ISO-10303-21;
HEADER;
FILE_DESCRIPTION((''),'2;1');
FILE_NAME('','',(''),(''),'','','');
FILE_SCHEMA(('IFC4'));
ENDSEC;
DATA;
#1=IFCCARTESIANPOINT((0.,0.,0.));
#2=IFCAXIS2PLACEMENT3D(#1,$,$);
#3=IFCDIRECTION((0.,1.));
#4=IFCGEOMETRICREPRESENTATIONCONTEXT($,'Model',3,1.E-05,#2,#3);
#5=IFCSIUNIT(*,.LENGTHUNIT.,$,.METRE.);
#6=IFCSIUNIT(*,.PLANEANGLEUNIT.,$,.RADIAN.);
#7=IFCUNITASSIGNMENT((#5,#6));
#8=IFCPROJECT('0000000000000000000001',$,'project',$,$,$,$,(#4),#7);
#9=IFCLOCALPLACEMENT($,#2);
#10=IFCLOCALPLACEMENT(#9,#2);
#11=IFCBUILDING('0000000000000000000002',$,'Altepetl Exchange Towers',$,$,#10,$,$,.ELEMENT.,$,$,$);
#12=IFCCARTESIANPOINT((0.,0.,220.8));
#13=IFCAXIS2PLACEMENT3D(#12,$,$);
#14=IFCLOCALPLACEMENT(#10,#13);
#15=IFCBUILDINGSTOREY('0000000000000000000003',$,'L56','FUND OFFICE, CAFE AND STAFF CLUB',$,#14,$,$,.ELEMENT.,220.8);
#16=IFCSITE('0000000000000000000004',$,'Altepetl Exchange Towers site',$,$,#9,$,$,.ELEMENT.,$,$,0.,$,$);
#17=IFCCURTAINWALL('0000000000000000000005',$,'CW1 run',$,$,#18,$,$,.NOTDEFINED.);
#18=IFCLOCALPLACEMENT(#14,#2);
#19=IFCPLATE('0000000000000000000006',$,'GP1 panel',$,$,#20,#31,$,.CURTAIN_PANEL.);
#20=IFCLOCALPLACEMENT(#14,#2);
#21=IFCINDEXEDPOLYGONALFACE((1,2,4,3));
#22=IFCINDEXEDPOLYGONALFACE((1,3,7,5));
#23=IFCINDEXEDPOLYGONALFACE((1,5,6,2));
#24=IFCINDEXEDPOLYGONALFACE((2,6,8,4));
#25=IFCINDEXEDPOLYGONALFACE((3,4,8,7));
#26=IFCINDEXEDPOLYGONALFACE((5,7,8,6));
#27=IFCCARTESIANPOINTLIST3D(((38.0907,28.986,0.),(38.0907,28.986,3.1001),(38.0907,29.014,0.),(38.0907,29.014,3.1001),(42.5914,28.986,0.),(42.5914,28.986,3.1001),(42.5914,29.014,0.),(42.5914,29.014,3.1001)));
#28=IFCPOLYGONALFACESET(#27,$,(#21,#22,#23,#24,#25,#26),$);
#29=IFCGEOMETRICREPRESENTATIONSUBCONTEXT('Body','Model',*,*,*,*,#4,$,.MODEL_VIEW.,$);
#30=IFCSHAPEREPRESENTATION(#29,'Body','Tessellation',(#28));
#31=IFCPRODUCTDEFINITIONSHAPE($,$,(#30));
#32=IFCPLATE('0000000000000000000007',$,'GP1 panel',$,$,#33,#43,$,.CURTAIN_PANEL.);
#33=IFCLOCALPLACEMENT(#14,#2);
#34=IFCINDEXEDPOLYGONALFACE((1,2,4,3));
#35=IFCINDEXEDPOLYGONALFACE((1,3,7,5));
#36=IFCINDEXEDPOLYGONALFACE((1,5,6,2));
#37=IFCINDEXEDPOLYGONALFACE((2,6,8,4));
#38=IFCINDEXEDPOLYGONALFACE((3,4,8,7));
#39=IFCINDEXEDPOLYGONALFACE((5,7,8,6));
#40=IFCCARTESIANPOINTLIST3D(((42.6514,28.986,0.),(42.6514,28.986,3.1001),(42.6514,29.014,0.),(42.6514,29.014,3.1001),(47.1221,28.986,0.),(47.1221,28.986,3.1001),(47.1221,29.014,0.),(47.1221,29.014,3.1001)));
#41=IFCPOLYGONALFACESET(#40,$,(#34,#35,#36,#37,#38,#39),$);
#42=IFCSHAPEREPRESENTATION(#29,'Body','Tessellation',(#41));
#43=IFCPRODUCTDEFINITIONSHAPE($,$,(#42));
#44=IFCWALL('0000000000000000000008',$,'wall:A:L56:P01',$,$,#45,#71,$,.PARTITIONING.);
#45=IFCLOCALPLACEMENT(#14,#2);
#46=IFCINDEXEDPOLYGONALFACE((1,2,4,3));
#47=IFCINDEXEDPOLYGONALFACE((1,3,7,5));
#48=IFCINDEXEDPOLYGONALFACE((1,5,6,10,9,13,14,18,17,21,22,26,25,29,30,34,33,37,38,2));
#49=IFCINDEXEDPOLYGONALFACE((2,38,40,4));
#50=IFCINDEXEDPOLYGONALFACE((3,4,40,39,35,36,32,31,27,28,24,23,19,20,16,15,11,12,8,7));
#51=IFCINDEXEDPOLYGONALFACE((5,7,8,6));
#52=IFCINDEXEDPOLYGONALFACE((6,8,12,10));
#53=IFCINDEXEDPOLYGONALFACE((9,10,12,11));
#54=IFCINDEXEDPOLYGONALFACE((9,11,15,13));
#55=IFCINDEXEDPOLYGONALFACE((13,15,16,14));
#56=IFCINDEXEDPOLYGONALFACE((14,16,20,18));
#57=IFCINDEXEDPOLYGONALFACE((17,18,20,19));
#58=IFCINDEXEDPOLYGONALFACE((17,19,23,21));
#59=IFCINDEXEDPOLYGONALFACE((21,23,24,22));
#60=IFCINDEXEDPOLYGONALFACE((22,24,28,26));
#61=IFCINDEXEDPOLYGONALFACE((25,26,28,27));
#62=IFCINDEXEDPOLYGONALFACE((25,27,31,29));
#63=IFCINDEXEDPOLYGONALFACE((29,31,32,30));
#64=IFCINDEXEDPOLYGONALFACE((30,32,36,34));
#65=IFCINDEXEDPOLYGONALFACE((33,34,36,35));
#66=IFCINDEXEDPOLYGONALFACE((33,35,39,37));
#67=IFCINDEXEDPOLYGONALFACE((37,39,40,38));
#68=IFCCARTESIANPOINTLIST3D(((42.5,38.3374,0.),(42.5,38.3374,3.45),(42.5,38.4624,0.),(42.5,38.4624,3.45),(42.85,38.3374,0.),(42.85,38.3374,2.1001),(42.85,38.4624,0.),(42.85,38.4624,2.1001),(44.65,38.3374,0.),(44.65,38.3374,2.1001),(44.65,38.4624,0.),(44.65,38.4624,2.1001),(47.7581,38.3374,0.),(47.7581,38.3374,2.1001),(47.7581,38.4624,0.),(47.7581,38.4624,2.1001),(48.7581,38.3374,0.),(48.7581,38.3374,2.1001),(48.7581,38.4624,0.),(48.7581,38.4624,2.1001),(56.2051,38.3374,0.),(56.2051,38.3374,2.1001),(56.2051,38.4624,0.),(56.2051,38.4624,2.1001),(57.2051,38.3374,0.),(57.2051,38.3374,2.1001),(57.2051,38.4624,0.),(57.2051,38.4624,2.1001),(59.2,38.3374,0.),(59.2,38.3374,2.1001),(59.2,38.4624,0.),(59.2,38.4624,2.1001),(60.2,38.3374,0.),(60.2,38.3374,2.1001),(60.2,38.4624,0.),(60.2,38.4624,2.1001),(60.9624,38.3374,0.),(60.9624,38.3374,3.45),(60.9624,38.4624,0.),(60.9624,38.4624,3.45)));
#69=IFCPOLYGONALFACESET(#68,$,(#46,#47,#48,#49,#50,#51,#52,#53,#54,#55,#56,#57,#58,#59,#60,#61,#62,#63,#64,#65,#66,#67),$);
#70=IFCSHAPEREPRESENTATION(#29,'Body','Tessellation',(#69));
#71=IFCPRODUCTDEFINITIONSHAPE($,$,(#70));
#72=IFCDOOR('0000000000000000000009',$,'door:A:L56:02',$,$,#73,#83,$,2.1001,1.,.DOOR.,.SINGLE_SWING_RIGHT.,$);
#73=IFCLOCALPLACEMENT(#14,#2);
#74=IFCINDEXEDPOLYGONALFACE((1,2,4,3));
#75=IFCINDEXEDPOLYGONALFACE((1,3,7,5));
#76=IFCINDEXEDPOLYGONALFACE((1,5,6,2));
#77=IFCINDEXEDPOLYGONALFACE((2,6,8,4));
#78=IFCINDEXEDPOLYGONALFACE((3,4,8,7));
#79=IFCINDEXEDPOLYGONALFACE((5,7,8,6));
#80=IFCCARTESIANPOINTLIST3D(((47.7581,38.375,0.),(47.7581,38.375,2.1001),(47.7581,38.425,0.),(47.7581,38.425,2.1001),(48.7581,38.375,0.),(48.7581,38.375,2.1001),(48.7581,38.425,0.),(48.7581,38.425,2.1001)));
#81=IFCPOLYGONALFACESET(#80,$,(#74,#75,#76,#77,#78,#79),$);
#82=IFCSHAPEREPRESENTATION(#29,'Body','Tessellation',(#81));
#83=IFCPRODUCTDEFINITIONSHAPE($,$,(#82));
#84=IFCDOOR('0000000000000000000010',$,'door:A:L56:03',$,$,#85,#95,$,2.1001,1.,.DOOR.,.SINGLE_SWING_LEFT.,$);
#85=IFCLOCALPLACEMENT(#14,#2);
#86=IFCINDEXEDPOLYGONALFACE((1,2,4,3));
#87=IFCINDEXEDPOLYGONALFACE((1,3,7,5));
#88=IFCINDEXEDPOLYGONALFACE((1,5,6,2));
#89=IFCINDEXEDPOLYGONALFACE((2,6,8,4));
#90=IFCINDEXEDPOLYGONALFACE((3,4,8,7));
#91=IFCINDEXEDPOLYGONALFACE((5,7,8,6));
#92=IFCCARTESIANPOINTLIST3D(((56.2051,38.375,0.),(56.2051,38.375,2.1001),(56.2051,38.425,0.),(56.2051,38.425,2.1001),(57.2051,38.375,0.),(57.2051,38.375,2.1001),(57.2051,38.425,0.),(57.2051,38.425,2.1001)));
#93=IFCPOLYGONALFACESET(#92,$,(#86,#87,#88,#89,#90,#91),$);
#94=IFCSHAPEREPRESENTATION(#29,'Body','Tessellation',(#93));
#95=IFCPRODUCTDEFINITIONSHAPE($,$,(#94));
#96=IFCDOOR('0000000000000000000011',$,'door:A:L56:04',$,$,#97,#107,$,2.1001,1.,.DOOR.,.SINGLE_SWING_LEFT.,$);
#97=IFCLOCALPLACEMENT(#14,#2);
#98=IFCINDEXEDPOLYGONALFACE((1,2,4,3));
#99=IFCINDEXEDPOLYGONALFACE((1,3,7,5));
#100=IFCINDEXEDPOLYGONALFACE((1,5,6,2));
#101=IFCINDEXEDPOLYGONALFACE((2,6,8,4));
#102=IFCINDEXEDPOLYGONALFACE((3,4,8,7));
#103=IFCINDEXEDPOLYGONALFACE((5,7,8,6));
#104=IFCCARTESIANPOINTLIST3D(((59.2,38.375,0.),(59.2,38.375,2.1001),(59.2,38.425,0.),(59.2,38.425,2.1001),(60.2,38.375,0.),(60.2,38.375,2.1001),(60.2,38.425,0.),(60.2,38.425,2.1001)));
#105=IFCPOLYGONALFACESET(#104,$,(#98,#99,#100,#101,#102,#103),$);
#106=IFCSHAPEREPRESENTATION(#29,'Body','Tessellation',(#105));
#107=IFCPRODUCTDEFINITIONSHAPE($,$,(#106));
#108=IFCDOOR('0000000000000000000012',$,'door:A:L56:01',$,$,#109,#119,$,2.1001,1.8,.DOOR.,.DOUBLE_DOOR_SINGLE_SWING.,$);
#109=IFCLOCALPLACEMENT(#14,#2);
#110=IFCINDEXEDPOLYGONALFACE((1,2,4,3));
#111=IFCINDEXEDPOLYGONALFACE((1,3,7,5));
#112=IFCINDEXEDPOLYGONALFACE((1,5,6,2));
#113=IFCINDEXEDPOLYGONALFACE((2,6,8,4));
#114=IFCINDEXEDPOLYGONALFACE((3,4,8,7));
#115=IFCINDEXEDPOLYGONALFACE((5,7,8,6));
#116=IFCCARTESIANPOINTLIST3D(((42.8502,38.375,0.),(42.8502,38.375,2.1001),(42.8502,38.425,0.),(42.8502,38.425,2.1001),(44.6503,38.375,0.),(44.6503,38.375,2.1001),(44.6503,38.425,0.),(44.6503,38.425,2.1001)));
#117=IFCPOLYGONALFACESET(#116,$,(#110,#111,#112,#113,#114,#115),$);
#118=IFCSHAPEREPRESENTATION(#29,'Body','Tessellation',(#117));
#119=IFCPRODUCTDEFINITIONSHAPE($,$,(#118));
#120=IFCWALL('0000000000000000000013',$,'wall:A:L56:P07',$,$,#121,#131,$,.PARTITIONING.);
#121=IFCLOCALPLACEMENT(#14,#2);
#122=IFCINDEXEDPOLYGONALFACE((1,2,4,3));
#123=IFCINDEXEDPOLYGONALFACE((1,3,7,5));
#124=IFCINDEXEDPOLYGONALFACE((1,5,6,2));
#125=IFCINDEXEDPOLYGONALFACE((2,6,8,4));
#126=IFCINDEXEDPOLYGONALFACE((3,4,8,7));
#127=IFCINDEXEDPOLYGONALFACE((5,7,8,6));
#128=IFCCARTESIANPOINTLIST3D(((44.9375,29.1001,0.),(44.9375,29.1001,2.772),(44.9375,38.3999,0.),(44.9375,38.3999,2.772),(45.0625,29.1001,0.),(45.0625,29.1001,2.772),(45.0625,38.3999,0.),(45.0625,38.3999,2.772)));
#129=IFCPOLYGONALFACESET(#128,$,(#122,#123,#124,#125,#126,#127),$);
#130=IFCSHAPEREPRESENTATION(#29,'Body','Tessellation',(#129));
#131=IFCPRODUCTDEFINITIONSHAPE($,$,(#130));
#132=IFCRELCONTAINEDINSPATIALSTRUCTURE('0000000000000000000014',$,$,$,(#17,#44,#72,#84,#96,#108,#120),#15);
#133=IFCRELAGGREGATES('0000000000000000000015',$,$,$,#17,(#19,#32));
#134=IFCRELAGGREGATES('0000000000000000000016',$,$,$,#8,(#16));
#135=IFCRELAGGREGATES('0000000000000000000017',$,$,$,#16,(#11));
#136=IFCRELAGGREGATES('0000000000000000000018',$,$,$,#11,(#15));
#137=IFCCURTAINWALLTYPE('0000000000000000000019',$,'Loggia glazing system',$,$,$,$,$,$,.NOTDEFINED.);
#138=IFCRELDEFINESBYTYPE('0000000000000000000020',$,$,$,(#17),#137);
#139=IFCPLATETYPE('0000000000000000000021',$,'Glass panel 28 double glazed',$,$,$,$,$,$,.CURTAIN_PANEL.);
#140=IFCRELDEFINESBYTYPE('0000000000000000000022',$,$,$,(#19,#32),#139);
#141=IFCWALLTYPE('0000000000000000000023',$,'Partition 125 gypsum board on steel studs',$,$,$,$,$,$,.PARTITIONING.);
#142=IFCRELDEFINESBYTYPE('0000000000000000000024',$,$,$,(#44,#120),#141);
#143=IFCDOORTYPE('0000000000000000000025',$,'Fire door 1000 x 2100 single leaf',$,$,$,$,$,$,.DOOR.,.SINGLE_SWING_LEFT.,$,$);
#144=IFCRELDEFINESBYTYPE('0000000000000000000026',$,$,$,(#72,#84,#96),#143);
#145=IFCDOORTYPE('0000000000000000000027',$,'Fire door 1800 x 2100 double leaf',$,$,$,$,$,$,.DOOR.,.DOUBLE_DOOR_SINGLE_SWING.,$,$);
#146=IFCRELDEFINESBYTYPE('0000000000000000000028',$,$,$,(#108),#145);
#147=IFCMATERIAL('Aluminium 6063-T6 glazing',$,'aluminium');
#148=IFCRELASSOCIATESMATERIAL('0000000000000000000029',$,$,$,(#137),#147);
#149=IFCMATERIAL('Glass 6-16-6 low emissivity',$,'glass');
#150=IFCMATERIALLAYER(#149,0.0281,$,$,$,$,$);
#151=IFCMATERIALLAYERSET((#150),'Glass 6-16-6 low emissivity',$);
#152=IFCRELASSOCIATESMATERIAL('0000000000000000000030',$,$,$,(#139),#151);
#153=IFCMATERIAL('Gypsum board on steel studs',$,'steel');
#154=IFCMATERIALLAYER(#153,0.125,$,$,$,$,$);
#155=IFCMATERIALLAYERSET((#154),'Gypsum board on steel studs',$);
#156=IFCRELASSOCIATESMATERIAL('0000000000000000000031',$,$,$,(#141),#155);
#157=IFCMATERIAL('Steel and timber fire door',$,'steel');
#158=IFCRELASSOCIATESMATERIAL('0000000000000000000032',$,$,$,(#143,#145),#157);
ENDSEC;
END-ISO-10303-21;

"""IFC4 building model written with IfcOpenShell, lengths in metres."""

from ifc_helpers import new_model, si_unit, direction, frame, frame_2d, origin, origin_2d, place, context, subcontext, project, spatial, rectangle, extrude, material, layer, layer_set, type_object, element, fill, aggregate, save


model = new_model("IFC4")

# Units and contexts
model_context = context("Model", 3, precision=1e-05, world=origin(), true_north=direction((0.0, 1.0)))
body_context = subcontext(model_context, "Body", "Model", "MODEL_VIEW")
ifc_project = project(units=[si_unit("LENGTHUNIT", "METRE"), si_unit("PLANEANGLEUNIT", "RADIAN")], contexts=[model_context])

# Site, building, storey
site_placement = place(None, origin())
site = spatial("IfcSite", under=ifc_project, at=site_placement, Name="Altepetl Exchange Towers site", CompositionType="ELEMENT", RefElevation=0.0)
building_placement = place(site_placement, origin())
building = spatial("IfcBuilding", under=site, at=building_placement, Name="Altepetl Exchange Towers", CompositionType="ELEMENT")
storey_placement = place(building_placement, frame((0.0, 0.0, 220.8)))
storey = spatial("IfcBuildingStorey", under=building, at=storey_placement, Name="L56", Description="FUND OFFICE, CAFE AND STAFF CLUB", CompositionType="ELEMENT", Elevation=220.8)

# Curtain wall
ifc_material_1 = material(Name="Aluminium 6063-T6 glazing", Category="aluminium")
curtain_wall_type = type_object("IfcCurtainWallType", Name="Loggia glazing system", PredefinedType="NOTDEFINED", material=ifc_material_1)
curtain_wall_1_placement = place(storey_placement, origin())
curtain_wall_1 = element("IfcCurtainWall", 1, at=curtain_wall_1_placement, inside=storey, type_object=curtain_wall_type, Name="CW1 run", PredefinedType="NOTDEFINED")

# Plates
ifc_material_2 = material(Name="Glass 6-16-6 low emissivity", Category="glass")
ifc_layer_1 = layer(ifc_material_2, 0.0281)
ifc_layer_set_1 = layer_set([ifc_layer_1], Name="Glass 6-16-6 low emissivity")
plate_type = type_object("IfcPlateType", Name="Glass panel 28 double glazed", PredefinedType="CURTAIN_PANEL", material=ifc_layer_set_1)
plate_1_placement = place(storey_placement, frame((40.3411, 29.0, 0.0)))
plate_1 = element("IfcPlate", 2, at=plate_1_placement, type_object=plate_type, Name="GP1 panel", PredefinedType="CURTAIN_PANEL", context=body_context, shape_type="SweptSolid", body=[
    extrude(rectangle(XDim=4.5007, YDim=0.0281, at=origin_2d()), origin(), (0.0, 0.0, 1.0), 3.1001),
])
plate_2_placement = place(storey_placement, frame((44.8867, 29.0, 0.0)))
plate_2 = element("IfcPlate", 3, at=plate_2_placement, type_object=plate_type, Name="GP1 panel", PredefinedType="CURTAIN_PANEL", context=body_context, shape_type="SweptSolid", body=[
    extrude(rectangle(XDim=4.4707, YDim=0.0281, at=origin_2d()), origin(), (0.0, 0.0, 1.0), 3.1001),
])
aggregate(curtain_wall_1, [plate_1, plate_2])

# Wall, openings, doors
ifc_material_3 = material(Name="Gypsum board on steel studs", Category="steel")
ifc_layer_2 = layer(ifc_material_3, 0.125)
ifc_layer_set_2 = layer_set([ifc_layer_2], Name="Gypsum board on steel studs")
wall_type_1 = type_object("IfcWallType", Name="Partition 125 gypsum board on steel studs", PredefinedType="PARTITIONING", material=ifc_layer_set_2)
wall_1_placement = place(storey_placement, frame((42.5, 38.3999, 0.0)))
wall_1 = element("IfcWall", 4, at=wall_1_placement, inside=storey, type_object=wall_type_1, Name="wall:A:L56:P01", PredefinedType="PARTITIONING", context=body_context, shape_type="SweptSolid", body=[
    extrude(rectangle(XDim=18.4624, YDim=0.125, at=frame_2d((9.2312, 0.0))), origin(), (0.0, 0.0, 1.0), 3.45),
])
opening_1_placement = place(wall_1_placement, frame((0.3501, 0.0, 0.0)))
opening_1 = element("IfcOpeningElement", 5, at=opening_1_placement, cuts=wall_1, PredefinedType="OPENING", context=body_context, shape_type="SweptSolid", body=[
    extrude(rectangle(XDim=1.8, YDim=2.1001, at=frame_2d((0.8999, 1.05))), frame((0.0, 0.0725, 0.0), z_axis=(0.0, -1.0, 0.0), x_axis=(1.0, 0.0, 0.0)), (0.0, 0.0, 1.0), 0.145),
])
opening_2_placement = place(wall_1_placement, frame((5.2581, 0.0, 0.0)))
opening_2 = element("IfcOpeningElement", 6, at=opening_2_placement, cuts=wall_1, PredefinedType="OPENING", context=body_context, shape_type="SweptSolid", body=[
    extrude(rectangle(XDim=1.0, YDim=2.1001, at=frame_2d((0.5, 1.05))), frame((0.0, 0.0725, 0.0), z_axis=(0.0, -1.0, 0.0), x_axis=(1.0, 0.0, 0.0)), (0.0, 0.0, 1.0), 0.145),
])
opening_3_placement = place(wall_1_placement, frame((13.7051, 0.0, 0.0)))
opening_3 = element("IfcOpeningElement", 7, at=opening_3_placement, cuts=wall_1, PredefinedType="OPENING", context=body_context, shape_type="SweptSolid", body=[
    extrude(rectangle(XDim=1.0, YDim=2.1001, at=frame_2d((0.5, 1.05))), frame((0.0, 0.0725, 0.0), z_axis=(0.0, -1.0, 0.0), x_axis=(1.0, 0.0, 0.0)), (0.0, 0.0, 1.0), 0.145),
])
opening_4_placement = place(wall_1_placement, frame((16.7, 0.0, 0.0)))
opening_4 = element("IfcOpeningElement", 8, at=opening_4_placement, cuts=wall_1, PredefinedType="OPENING", context=body_context, shape_type="SweptSolid", body=[
    extrude(rectangle(XDim=1.0, YDim=2.1001, at=frame_2d((0.5, 1.05))), frame((0.0, 0.0725, 0.0), z_axis=(0.0, -1.0, 0.0), x_axis=(1.0, 0.0, 0.0)), (0.0, 0.0, 1.0), 0.145),
])
ifc_material_4 = material(Name="Steel and timber fire door", Category="steel")
door_type_1 = type_object("IfcDoorType", Name="Fire door 1000 x 2100 single leaf", OperationType="SINGLE_SWING_LEFT", PredefinedType="DOOR", material=ifc_material_4)
door_1_placement = place(opening_2_placement, frame((1.0, 0.0, 0.0), x_axis=(-1.0, 0.0, 0.0)))
door_1 = element("IfcDoor", 9, at=door_1_placement, inside=storey, type_object=door_type_1, Name="door:A:L56:02", OperationType="SINGLE_SWING_RIGHT", OverallHeight=2.1001, OverallWidth=1.0, PredefinedType="DOOR", context=body_context, shape_type="SweptSolid", body=[
    extrude(rectangle(XDim=1.0, YDim=2.1001, at=frame_2d((0.5, 1.05))), frame((0.0, 0.0249, 0.0), z_axis=(0.0, -1.0, 0.0), x_axis=(1.0, 0.0, 0.0)), (0.0, 0.0, 1.0), 0.05),
])
fill(opening_2, door_1)
door_2_placement = place(opening_3_placement, frame((1.0, 0.0, 0.0), x_axis=(-1.0, 0.0, 0.0)))
door_2 = element("IfcDoor", 10, at=door_2_placement, inside=storey, type_object=door_type_1, Name="door:A:L56:03", OperationType="SINGLE_SWING_LEFT", OverallHeight=2.1001, OverallWidth=1.0, PredefinedType="DOOR", context=body_context, shape_type="SweptSolid", body=[
    extrude(rectangle(XDim=1.0, YDim=2.1001, at=frame_2d((0.5, 1.05))), frame((0.0, 0.0249, 0.0), z_axis=(0.0, -1.0, 0.0), x_axis=(1.0, 0.0, 0.0)), (0.0, 0.0, 1.0), 0.05),
])
fill(opening_3, door_2)
door_3_placement = place(opening_4_placement, frame((1.0, 0.0, 0.0), x_axis=(-1.0, 0.0, 0.0)))
door_3 = element("IfcDoor", 11, at=door_3_placement, inside=storey, type_object=door_type_1, Name="door:A:L56:04", OperationType="SINGLE_SWING_LEFT", OverallHeight=2.1001, OverallWidth=1.0, PredefinedType="DOOR", context=body_context, shape_type="SweptSolid", body=[
    extrude(rectangle(XDim=1.0, YDim=2.1001, at=frame_2d((0.5, 1.05))), frame((0.0, 0.0249, 0.0), z_axis=(0.0, -1.0, 0.0), x_axis=(1.0, 0.0, 0.0)), (0.0, 0.0, 1.0), 0.05),
])
fill(opening_4, door_3)
door_type_2 = type_object("IfcDoorType", Name="Fire door 1800 x 2100 double leaf", OperationType="DOUBLE_DOOR_SINGLE_SWING", PredefinedType="DOOR", material=ifc_material_4)
door_4_placement = place(opening_1_placement, frame((1.8, 0.0, 0.0), x_axis=(-1.0, 0.0, 0.0)))
door_4 = element("IfcDoor", 12, at=door_4_placement, inside=storey, type_object=door_type_2, Name="door:A:L56:01", OperationType="DOUBLE_DOOR_SINGLE_SWING", OverallHeight=2.1001, OverallWidth=1.8, PredefinedType="DOOR", context=body_context, shape_type="SweptSolid", body=[
    extrude(rectangle(XDim=1.8, YDim=2.1001, at=frame_2d((0.8999, 1.05))), frame((0.0, 0.0249, 0.0), z_axis=(0.0, -1.0, 0.0), x_axis=(1.0, 0.0, 0.0)), (0.0, 0.0, 1.0), 0.05),
])
fill(opening_1, door_4)

# Wall
wall_2_placement = place(storey_placement, frame((45.0, 29.1001, 0.0), z_axis=(0.0, 0.0, 1.0), x_axis=(0.0, 1.0, 0.0)))
element("IfcWall", 13, at=wall_2_placement, inside=storey, type_object=wall_type_1, Name="wall:A:L56:P07", PredefinedType="PARTITIONING", context=body_context, shape_type="SweptSolid", body=[
    extrude(rectangle(XDim=9.2998, YDim=0.125, at=frame_2d((4.6499, 0.0))), origin(), (0.0, 0.0, 1.0), 2.772),
])

save(model, "model.ifc")
